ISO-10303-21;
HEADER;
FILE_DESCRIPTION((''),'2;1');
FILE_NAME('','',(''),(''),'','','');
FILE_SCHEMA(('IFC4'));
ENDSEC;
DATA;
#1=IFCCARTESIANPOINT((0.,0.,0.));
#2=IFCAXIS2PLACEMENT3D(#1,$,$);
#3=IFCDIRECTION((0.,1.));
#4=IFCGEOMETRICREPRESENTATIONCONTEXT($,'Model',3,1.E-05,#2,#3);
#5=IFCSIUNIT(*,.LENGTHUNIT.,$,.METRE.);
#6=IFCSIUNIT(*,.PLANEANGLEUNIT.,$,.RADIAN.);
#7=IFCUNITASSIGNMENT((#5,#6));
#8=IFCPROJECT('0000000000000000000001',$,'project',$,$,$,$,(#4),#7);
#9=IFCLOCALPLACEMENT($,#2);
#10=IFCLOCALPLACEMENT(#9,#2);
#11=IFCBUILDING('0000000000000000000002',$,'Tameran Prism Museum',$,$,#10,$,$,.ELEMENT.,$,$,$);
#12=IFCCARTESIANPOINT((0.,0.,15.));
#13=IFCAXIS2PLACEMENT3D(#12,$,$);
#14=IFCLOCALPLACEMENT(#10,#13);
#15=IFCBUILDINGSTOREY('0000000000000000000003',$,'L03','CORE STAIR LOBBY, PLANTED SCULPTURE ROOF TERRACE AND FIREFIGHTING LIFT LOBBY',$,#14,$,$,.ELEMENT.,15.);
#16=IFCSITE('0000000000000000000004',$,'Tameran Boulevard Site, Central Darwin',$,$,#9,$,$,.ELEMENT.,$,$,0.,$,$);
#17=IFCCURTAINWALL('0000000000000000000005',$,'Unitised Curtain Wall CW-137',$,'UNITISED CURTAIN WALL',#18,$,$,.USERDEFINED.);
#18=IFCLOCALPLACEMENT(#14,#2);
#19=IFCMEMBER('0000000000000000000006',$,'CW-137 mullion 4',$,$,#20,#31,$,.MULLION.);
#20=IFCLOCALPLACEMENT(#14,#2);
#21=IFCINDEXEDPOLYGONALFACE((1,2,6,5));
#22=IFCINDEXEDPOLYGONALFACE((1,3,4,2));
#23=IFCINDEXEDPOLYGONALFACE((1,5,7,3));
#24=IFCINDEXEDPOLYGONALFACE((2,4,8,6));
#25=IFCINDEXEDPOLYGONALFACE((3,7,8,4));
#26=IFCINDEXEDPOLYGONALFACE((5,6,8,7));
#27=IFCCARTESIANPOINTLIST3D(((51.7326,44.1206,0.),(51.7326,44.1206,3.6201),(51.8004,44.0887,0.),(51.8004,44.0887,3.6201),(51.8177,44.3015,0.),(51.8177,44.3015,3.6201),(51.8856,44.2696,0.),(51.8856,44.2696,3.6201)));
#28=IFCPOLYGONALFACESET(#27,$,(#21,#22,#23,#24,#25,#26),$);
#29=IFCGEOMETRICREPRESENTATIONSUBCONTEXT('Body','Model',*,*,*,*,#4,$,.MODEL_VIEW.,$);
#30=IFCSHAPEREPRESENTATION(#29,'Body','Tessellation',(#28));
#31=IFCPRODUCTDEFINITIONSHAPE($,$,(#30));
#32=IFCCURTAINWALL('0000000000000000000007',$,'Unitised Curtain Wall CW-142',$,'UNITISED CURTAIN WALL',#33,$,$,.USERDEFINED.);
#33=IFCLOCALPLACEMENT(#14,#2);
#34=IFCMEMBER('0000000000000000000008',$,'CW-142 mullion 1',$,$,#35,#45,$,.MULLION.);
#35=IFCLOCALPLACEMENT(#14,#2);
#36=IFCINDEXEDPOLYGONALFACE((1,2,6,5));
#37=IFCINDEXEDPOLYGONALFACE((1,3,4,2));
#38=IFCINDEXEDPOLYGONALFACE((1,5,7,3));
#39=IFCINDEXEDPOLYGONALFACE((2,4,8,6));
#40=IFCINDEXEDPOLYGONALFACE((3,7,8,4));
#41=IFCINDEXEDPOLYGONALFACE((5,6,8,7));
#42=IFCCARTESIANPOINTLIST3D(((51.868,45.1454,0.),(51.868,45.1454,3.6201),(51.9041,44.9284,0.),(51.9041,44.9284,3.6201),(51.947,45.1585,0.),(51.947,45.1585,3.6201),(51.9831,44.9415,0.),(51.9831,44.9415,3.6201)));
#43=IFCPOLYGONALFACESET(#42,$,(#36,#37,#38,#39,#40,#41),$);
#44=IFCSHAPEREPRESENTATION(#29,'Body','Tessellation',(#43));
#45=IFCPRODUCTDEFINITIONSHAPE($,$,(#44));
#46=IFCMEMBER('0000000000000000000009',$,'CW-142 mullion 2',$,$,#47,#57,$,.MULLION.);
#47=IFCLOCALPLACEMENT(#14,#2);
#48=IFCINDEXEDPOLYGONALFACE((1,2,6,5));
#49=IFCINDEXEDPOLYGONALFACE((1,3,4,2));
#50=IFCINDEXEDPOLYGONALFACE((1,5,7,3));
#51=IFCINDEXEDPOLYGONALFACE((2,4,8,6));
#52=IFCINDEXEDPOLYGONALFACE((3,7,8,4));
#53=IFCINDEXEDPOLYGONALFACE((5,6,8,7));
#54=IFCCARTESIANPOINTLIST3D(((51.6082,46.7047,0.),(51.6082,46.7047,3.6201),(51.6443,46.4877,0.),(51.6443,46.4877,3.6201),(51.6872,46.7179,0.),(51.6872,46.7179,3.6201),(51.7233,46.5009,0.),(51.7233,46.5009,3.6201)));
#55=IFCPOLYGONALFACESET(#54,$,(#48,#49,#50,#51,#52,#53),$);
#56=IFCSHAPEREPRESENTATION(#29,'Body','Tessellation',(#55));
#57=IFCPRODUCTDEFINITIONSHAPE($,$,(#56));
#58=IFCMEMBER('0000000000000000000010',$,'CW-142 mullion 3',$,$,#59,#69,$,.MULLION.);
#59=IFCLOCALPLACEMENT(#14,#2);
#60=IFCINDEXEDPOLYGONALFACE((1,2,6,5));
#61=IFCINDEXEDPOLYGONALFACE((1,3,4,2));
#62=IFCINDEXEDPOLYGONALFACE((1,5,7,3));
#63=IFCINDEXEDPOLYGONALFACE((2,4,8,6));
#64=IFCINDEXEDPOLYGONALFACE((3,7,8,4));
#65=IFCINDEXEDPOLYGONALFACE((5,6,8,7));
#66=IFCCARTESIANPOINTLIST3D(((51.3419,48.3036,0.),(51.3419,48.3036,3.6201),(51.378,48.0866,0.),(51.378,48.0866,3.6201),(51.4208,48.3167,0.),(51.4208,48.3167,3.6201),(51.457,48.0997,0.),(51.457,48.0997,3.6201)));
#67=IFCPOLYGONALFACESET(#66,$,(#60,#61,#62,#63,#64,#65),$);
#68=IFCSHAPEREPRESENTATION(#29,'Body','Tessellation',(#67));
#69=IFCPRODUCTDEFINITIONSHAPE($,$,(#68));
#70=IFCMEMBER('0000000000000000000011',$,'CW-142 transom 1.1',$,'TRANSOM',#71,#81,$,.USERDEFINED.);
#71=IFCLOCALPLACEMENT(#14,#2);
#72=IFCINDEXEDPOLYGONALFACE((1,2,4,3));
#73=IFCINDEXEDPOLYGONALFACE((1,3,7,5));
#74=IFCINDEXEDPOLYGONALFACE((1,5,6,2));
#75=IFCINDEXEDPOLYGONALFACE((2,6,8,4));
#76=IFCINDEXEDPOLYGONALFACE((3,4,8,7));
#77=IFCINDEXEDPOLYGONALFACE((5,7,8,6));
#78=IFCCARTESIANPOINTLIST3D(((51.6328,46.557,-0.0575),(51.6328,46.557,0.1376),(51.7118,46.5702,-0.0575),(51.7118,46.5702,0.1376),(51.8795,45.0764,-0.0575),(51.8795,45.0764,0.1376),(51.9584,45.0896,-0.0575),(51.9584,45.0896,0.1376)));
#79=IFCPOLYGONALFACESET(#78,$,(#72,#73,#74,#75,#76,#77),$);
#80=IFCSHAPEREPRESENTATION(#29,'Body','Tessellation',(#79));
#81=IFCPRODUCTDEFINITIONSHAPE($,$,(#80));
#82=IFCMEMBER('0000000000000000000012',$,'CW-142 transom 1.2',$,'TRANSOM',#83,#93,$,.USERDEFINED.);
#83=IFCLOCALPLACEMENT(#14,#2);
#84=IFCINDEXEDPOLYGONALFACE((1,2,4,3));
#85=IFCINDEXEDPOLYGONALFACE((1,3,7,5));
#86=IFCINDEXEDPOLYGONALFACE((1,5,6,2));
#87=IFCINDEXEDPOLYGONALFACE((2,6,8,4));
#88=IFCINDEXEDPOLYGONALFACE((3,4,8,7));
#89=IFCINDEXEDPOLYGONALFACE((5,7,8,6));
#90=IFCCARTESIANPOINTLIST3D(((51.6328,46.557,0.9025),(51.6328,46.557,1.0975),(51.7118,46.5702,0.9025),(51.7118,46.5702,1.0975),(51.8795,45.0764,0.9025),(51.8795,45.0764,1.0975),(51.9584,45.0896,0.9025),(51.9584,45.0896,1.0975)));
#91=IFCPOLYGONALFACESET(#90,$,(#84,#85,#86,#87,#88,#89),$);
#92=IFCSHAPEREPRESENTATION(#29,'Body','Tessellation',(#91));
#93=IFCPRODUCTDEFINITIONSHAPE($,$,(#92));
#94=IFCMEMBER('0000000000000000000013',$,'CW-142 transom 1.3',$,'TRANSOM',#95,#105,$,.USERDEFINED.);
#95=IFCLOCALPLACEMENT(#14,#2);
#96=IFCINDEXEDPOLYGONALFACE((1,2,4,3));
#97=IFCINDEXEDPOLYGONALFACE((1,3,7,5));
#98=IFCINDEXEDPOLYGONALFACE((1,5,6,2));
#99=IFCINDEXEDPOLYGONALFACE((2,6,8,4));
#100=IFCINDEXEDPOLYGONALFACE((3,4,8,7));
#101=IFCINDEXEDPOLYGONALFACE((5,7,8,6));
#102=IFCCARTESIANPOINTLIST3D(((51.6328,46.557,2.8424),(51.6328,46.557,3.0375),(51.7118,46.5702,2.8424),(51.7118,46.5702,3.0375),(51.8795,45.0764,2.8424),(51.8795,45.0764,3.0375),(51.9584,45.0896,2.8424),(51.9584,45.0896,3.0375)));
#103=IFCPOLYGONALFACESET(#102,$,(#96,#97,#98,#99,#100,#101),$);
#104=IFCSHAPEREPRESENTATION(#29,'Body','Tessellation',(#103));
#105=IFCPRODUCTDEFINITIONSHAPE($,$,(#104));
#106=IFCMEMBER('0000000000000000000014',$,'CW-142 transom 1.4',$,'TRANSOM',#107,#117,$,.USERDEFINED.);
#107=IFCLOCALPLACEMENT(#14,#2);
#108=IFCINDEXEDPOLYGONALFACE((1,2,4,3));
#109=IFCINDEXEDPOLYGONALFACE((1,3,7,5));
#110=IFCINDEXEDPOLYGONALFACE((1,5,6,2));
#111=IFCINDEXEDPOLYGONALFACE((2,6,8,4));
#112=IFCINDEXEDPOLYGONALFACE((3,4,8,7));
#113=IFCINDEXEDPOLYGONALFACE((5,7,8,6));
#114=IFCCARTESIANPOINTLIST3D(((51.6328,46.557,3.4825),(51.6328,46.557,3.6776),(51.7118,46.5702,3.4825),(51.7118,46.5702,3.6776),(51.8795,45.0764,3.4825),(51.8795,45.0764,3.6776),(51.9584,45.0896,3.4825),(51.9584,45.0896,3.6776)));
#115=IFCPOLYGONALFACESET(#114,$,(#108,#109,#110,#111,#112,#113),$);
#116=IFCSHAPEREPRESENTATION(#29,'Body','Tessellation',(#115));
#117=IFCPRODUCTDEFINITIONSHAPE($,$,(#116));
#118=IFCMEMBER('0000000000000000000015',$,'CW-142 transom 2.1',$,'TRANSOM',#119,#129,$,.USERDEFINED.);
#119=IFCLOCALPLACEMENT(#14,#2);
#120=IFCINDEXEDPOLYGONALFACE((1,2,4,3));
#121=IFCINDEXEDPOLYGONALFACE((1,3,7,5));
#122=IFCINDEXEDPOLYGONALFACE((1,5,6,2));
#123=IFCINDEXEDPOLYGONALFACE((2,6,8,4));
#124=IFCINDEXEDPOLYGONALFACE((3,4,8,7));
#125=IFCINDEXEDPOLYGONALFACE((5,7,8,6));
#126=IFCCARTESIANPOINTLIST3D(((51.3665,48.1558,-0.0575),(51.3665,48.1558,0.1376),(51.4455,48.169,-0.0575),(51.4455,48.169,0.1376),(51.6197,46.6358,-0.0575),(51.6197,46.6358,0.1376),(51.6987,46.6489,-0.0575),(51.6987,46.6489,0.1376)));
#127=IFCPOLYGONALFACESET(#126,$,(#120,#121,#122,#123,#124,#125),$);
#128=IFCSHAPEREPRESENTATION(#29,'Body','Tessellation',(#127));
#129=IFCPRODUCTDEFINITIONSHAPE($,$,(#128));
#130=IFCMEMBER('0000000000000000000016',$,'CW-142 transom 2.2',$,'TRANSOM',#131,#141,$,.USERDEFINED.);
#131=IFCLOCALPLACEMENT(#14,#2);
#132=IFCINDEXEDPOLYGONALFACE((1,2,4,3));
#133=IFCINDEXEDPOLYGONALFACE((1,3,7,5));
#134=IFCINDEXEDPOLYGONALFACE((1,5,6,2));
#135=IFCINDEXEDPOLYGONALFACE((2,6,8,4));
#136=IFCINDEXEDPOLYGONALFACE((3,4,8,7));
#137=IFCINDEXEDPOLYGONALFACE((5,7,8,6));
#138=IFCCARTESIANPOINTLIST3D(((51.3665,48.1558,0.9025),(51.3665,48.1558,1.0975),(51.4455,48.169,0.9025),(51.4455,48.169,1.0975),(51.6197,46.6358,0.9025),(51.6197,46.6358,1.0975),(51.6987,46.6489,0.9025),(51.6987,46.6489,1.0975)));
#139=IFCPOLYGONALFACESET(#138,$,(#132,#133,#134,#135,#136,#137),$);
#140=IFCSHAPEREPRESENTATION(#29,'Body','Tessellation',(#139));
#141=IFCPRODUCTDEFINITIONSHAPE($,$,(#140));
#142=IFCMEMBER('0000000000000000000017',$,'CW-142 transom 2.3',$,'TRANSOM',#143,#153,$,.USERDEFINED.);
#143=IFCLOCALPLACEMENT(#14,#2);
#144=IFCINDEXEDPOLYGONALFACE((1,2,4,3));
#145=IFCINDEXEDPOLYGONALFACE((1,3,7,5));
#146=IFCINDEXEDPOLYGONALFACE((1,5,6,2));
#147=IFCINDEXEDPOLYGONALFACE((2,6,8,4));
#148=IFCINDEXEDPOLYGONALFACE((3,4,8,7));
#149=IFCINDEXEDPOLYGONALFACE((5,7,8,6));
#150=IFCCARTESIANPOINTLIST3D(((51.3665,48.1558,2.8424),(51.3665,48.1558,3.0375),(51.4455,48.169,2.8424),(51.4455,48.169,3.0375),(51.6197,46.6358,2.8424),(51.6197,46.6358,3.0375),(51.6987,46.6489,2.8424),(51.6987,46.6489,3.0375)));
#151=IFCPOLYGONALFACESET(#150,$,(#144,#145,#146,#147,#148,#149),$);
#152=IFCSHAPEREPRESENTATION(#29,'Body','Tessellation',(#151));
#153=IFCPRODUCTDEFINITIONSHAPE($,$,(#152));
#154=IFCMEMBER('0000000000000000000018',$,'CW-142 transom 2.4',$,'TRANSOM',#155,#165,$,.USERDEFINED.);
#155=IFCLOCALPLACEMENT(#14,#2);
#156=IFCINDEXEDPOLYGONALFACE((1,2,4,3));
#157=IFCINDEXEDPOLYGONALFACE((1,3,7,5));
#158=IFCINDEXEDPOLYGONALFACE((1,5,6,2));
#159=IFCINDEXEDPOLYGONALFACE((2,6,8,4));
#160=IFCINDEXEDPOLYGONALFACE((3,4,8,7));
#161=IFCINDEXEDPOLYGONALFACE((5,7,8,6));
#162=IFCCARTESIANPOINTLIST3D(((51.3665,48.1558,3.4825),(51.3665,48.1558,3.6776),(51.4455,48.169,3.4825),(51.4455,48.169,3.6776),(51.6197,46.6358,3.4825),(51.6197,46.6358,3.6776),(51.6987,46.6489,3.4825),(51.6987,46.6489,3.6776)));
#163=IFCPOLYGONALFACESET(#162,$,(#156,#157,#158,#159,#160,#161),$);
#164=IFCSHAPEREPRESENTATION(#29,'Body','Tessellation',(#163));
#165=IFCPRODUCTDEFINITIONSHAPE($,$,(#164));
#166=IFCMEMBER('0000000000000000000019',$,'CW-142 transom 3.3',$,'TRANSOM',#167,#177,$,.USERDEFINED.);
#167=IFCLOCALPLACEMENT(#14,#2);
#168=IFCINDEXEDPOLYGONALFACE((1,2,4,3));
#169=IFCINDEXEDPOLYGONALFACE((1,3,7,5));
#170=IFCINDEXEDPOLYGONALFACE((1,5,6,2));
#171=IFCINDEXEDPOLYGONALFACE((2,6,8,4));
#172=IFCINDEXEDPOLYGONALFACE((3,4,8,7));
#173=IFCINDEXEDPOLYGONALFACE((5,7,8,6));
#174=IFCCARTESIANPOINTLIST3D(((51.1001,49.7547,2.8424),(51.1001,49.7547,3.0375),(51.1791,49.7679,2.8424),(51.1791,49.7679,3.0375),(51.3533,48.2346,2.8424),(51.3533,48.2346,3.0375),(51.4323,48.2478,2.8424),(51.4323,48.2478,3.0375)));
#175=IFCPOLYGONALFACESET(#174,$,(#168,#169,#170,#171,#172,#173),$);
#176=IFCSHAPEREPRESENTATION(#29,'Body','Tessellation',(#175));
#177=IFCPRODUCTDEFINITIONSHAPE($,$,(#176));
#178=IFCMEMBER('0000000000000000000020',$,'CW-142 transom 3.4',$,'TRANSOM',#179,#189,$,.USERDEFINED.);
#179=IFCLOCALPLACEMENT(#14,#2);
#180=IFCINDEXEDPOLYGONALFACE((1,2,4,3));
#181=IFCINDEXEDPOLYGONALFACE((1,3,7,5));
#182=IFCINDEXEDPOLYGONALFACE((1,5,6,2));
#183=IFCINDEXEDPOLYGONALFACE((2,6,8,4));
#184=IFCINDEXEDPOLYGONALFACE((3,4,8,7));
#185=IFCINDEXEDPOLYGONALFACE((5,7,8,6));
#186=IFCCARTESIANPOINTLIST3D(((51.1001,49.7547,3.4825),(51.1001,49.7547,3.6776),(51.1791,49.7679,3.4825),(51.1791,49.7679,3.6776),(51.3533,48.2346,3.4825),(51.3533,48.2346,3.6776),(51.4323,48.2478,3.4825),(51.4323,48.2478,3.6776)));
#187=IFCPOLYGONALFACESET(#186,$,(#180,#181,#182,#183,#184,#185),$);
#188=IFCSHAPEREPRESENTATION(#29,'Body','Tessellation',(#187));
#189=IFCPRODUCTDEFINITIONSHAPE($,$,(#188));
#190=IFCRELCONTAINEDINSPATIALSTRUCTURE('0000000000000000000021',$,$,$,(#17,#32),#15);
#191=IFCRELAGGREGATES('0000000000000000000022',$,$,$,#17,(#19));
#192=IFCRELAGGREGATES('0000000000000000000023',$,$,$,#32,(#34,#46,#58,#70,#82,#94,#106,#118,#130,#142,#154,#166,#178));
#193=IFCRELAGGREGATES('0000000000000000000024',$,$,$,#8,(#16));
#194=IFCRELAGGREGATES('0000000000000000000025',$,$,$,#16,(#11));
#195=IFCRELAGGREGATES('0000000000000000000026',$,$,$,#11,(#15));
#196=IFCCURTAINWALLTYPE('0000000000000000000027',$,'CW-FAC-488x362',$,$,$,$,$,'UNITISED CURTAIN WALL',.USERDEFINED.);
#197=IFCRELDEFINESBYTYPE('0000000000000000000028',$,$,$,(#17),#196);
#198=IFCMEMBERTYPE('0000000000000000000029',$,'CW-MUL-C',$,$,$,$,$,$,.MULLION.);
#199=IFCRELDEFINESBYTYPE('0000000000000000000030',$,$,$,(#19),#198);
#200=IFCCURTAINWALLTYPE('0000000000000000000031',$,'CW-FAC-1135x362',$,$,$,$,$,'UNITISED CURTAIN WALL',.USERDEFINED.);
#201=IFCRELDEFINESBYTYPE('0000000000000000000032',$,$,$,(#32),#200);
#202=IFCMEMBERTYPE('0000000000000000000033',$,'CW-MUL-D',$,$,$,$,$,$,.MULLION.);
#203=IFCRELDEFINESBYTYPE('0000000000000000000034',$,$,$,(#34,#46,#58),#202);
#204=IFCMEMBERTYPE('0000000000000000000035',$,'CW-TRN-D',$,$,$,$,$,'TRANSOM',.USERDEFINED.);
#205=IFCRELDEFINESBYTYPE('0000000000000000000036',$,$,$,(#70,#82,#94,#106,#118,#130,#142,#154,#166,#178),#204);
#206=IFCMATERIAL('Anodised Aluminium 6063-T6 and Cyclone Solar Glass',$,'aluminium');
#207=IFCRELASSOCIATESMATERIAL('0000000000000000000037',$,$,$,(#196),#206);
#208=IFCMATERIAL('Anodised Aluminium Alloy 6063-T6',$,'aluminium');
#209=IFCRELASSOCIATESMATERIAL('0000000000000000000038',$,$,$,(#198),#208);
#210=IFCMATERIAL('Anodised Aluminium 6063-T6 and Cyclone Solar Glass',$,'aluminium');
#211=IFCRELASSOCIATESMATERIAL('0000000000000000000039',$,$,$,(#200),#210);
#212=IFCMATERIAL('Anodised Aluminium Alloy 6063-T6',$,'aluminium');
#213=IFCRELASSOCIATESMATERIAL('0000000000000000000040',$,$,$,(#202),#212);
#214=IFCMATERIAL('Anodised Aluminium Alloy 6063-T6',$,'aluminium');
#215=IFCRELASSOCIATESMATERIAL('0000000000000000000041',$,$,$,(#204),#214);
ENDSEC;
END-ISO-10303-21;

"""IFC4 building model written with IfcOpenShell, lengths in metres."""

from ifc_helpers import new_model, si_unit, direction, frame, origin, origin_2d, place, context, subcontext, project, spatial, rectangle, extrude, material, material_profile, profile_set, type_object, element, aggregate, save


model = new_model("IFC4")

# Units and contexts
model_context = context("Model", 3, precision=1e-05, world=origin(), true_north=direction((0.0, 1.0)))
body_context = subcontext(model_context, "Body", "Model", "MODEL_VIEW")
ifc_project = project(units=[si_unit("LENGTHUNIT", "METRE"), si_unit("PLANEANGLEUNIT", "RADIAN")], contexts=[model_context])

# Site, building, storey
site_placement = place(None, origin())
site = spatial("IfcSite", under=ifc_project, at=site_placement, Name="Tameran Boulevard Site, Central Darwin", CompositionType="ELEMENT", RefElevation=0.0)
building_placement = place(site_placement, origin())
building = spatial("IfcBuilding", under=site, at=building_placement, Name="Tameran Prism Museum", CompositionType="ELEMENT")
storey_placement = place(building_placement, frame((0.0, 0.0, 15.0)))
storey = spatial("IfcBuildingStorey", under=building, at=storey_placement, Name="L03", Description="CORE STAIR LOBBY, PLANTED SCULPTURE ROOF TERRACE AND FIREFIGHTING LIFT LOBBY", CompositionType="ELEMENT", Elevation=15.0)

# Curtain wall, member
ifc_material_1 = material(Name="Anodised Aluminium 6063-T6 and Cyclone Solar Glass", Category="aluminium")
curtain_wall_type_1 = type_object("IfcCurtainWallType", Name="CW-FAC-488x362", ElementType="UNITISED CURTAIN WALL", PredefinedType="USERDEFINED", material=ifc_material_1)
curtain_wall_1_placement = place(storey_placement, origin())
curtain_wall_1 = element("IfcCurtainWall", 1, at=curtain_wall_1_placement, inside=storey, type_object=curtain_wall_type_1, Name="Unitised Curtain Wall CW-137", ObjectType="UNITISED CURTAIN WALL", PredefinedType="USERDEFINED")
ifc_material_2 = material(Name="Anodised Aluminium Alloy 6063-T6", Category="aluminium")
ifc_material_profile_1 = material_profile(ifc_material_2, rectangle(XDim=0.075, YDim=0.2, at=origin_2d()))
ifc_profile_set_1 = profile_set([ifc_material_profile_1])
member_type_1 = type_object("IfcMemberType", Name="CW-MUL-C", PredefinedType="MULLION", material=ifc_profile_set_1)
member_1_placement = place(storey_placement, frame((51.8091, 44.1951, 0.0), z_axis=(0.0, 0.0, 1.0), x_axis=(-0.904837, 0.425758, 0.0)))
member_1 = element("IfcMember", 2, at=member_1_placement, type_object=member_type_1, Name="CW-137 mullion 4", PredefinedType="MULLION", context=body_context, shape_type="SweptSolid", body=[
    extrude(rectangle(XDim=0.075, YDim=0.2, at=origin_2d()), origin(), (0.0, 0.0, 1.0), 3.6201),
])

# Curtain wall, members
ifc_material_3 = material(Name="Anodised Aluminium 6063-T6 and Cyclone Solar Glass", Category="aluminium")
curtain_wall_type_2 = type_object("IfcCurtainWallType", Name="CW-FAC-1135x362", ElementType="UNITISED CURTAIN WALL", PredefinedType="USERDEFINED", material=ifc_material_3)
curtain_wall_2_placement = place(storey_placement, origin())
curtain_wall_2 = element("IfcCurtainWall", 3, at=curtain_wall_2_placement, inside=storey, type_object=curtain_wall_type_2, Name="Unitised Curtain Wall CW-142", ObjectType="UNITISED CURTAIN WALL", PredefinedType="USERDEFINED")
ifc_material_4 = material(Name="Anodised Aluminium Alloy 6063-T6", Category="aluminium")
ifc_material_profile_2 = material_profile(ifc_material_4, rectangle(XDim=0.0801, YDim=0.22, at=origin_2d()))
ifc_profile_set_2 = profile_set([ifc_material_profile_2])
member_type_2 = type_object("IfcMemberType", Name="CW-MUL-D", PredefinedType="MULLION", material=ifc_profile_set_2)
member_2_placement = place(storey_placement, frame((51.9255, 45.0435, 0.0), z_axis=(0.0, 0.0, 1.0), x_axis=(-0.986413, -0.164285, 0.0)))
member_2 = element("IfcMember", 4, at=member_2_placement, type_object=member_type_2, Name="CW-142 mullion 1", PredefinedType="MULLION", context=body_context, shape_type="SweptSolid", body=[
    extrude(rectangle(XDim=0.0801, YDim=0.22, at=origin_2d()), origin(), (0.0, 0.0, 1.0), 3.6201),
])
member_3_placement = place(storey_placement, frame((51.6658, 46.6028, 0.0), z_axis=(0.0, 0.0, 1.0), x_axis=(-0.986413, -0.164285, 0.0)))
member_3 = element("IfcMember", 5, at=member_3_placement, type_object=member_type_2, Name="CW-142 mullion 2", PredefinedType="MULLION", context=body_context, shape_type="SweptSolid", body=[
    extrude(rectangle(XDim=0.0801, YDim=0.22, at=origin_2d()), origin(), (0.0, 0.0, 1.0), 3.6201),
])
member_4_placement = place(storey_placement, frame((51.3994, 48.2017, 0.0), z_axis=(0.0, 0.0, 1.0), x_axis=(-0.986413, -0.164285, 0.0)))
member_4 = element("IfcMember", 6, at=member_4_placement, type_object=member_type_2, Name="CW-142 mullion 3", PredefinedType="MULLION", context=body_context, shape_type="SweptSolid", body=[
    extrude(rectangle(XDim=0.0801, YDim=0.22, at=origin_2d()), origin(), (0.0, 0.0, 1.0), 3.6201),
])
ifc_material_5 = material(Name="Anodised Aluminium Alloy 6063-T6", Category="aluminium")
ifc_material_profile_3 = material_profile(ifc_material_5, rectangle(XDim=0.0801, YDim=0.1951, at=origin_2d()))
ifc_profile_set_3 = profile_set([ifc_material_profile_3])
member_type_3 = type_object("IfcMemberType", Name="CW-TRN-D", ElementType="TRANSOM", PredefinedType="USERDEFINED", material=ifc_profile_set_3)
member_5_placement = place(storey_placement, frame((51.9189, 45.083, 0.04), z_axis=(-0.164293, 0.986412, 0.0), x_axis=(-0.986412, -0.164293, 0.0)))
member_5 = element("IfcMember", 7, at=member_5_placement, type_object=member_type_3, Name="CW-142 transom 1.1", ObjectType="TRANSOM", PredefinedType="USERDEFINED", context=body_context, shape_type="SweptSolid", body=[
    extrude(rectangle(XDim=0.0801, YDim=0.1951, at=origin_2d()), origin(), (0.0, 0.0, 1.0), 1.501),
])
member_6_placement = place(storey_placement, frame((51.9189, 45.083, 1.0), z_axis=(-0.164293, 0.986412, 0.0), x_axis=(-0.986412, -0.164293, 0.0)))
member_6 = element("IfcMember", 8, at=member_6_placement, type_object=member_type_3, Name="CW-142 transom 1.2", ObjectType="TRANSOM", PredefinedType="USERDEFINED", context=body_context, shape_type="SweptSolid", body=[
    extrude(rectangle(XDim=0.0801, YDim=0.1951, at=origin_2d()), origin(), (0.0, 0.0, 1.0), 1.501),
])
member_7_placement = place(storey_placement, frame((51.9189, 45.083, 2.9399), z_axis=(-0.164293, 0.986412, 0.0), x_axis=(-0.986412, -0.164293, 0.0)))
member_7 = element("IfcMember", 9, at=member_7_placement, type_object=member_type_3, Name="CW-142 transom 1.3", ObjectType="TRANSOM", PredefinedType="USERDEFINED", context=body_context, shape_type="SweptSolid", body=[
    extrude(rectangle(XDim=0.0801, YDim=0.1951, at=origin_2d()), origin(), (0.0, 0.0, 1.0), 1.501),
])
member_8_placement = place(storey_placement, frame((51.9189, 45.083, 3.5801), z_axis=(-0.164293, 0.986412, 0.0), x_axis=(-0.986412, -0.164293, 0.0)))
member_8 = element("IfcMember", 10, at=member_8_placement, type_object=member_type_3, Name="CW-142 transom 1.4", ObjectType="TRANSOM", PredefinedType="USERDEFINED", context=body_context, shape_type="SweptSolid", body=[
    extrude(rectangle(XDim=0.0801, YDim=0.1951, at=origin_2d()), origin(), (0.0, 0.0, 1.0), 1.501),
])
member_9_placement = place(storey_placement, frame((51.6592, 46.6423, 0.04), z_axis=(-0.164296, 0.986411, 0.0), x_axis=(-0.986411, -0.164296, 0.0)))
member_9 = element("IfcMember", 11, at=member_9_placement, type_object=member_type_3, Name="CW-142 transom 2.1", ObjectType="TRANSOM", PredefinedType="USERDEFINED", context=body_context, shape_type="SweptSolid", body=[
    extrude(rectangle(XDim=0.0801, YDim=0.1951, at=origin_2d()), origin(), (0.0, 0.0, 1.0), 1.541),
])
member_10_placement = place(storey_placement, frame((51.6592, 46.6423, 1.0), z_axis=(-0.164296, 0.986411, 0.0), x_axis=(-0.986411, -0.164296, 0.0)))
member_10 = element("IfcMember", 12, at=member_10_placement, type_object=member_type_3, Name="CW-142 transom 2.2", ObjectType="TRANSOM", PredefinedType="USERDEFINED", context=body_context, shape_type="SweptSolid", body=[
    extrude(rectangle(XDim=0.0801, YDim=0.1951, at=origin_2d()), origin(), (0.0, 0.0, 1.0), 1.541),
])
member_11_placement = place(storey_placement, frame((51.6592, 46.6423, 2.9399), z_axis=(-0.164296, 0.986411, 0.0), x_axis=(-0.986411, -0.164296, 0.0)))
member_11 = element("IfcMember", 13, at=member_11_placement, type_object=member_type_3, Name="CW-142 transom 2.3", ObjectType="TRANSOM", PredefinedType="USERDEFINED", context=body_context, shape_type="SweptSolid", body=[
    extrude(rectangle(XDim=0.0801, YDim=0.1951, at=origin_2d()), origin(), (0.0, 0.0, 1.0), 1.541),
])
member_12_placement = place(storey_placement, frame((51.6592, 46.6423, 3.5801), z_axis=(-0.164296, 0.986411, 0.0), x_axis=(-0.986411, -0.164296, 0.0)))
member_12 = element("IfcMember", 14, at=member_12_placement, type_object=member_type_3, Name="CW-142 transom 2.4", ObjectType="TRANSOM", PredefinedType="USERDEFINED", context=body_context, shape_type="SweptSolid", body=[
    extrude(rectangle(XDim=0.0801, YDim=0.1951, at=origin_2d()), origin(), (0.0, 0.0, 1.0), 1.541),
])
member_13_placement = place(storey_placement, frame((51.3928, 48.2412, 2.9399), z_axis=(-0.164296, 0.986411, 0.0), x_axis=(-0.986411, -0.164296, 0.0)))
member_13 = element("IfcMember", 15, at=member_13_placement, type_object=member_type_3, Name="CW-142 transom 3.3", ObjectType="TRANSOM", PredefinedType="USERDEFINED", context=body_context, shape_type="SweptSolid", body=[
    extrude(rectangle(XDim=0.0801, YDim=0.1951, at=origin_2d()), origin(), (0.0, 0.0, 1.0), 1.541),
])
member_14_placement = place(storey_placement, frame((51.3928, 48.2412, 3.5801), z_axis=(-0.164296, 0.986411, 0.0), x_axis=(-0.986411, -0.164296, 0.0)))
member_14 = element("IfcMember", 16, at=member_14_placement, type_object=member_type_3, Name="CW-142 transom 3.4", ObjectType="TRANSOM", PredefinedType="USERDEFINED", context=body_context, shape_type="SweptSolid", body=[
    extrude(rectangle(XDim=0.0801, YDim=0.1951, at=origin_2d()), origin(), (0.0, 0.0, 1.0), 1.541),
])

aggregate(curtain_wall_1, [member_1])
aggregate(curtain_wall_2, [member_2, member_3, member_4, member_5, member_6, member_7, member_8, member_9, member_10, member_11, member_12, member_13, member_14])

save(model, "model.ifc")
